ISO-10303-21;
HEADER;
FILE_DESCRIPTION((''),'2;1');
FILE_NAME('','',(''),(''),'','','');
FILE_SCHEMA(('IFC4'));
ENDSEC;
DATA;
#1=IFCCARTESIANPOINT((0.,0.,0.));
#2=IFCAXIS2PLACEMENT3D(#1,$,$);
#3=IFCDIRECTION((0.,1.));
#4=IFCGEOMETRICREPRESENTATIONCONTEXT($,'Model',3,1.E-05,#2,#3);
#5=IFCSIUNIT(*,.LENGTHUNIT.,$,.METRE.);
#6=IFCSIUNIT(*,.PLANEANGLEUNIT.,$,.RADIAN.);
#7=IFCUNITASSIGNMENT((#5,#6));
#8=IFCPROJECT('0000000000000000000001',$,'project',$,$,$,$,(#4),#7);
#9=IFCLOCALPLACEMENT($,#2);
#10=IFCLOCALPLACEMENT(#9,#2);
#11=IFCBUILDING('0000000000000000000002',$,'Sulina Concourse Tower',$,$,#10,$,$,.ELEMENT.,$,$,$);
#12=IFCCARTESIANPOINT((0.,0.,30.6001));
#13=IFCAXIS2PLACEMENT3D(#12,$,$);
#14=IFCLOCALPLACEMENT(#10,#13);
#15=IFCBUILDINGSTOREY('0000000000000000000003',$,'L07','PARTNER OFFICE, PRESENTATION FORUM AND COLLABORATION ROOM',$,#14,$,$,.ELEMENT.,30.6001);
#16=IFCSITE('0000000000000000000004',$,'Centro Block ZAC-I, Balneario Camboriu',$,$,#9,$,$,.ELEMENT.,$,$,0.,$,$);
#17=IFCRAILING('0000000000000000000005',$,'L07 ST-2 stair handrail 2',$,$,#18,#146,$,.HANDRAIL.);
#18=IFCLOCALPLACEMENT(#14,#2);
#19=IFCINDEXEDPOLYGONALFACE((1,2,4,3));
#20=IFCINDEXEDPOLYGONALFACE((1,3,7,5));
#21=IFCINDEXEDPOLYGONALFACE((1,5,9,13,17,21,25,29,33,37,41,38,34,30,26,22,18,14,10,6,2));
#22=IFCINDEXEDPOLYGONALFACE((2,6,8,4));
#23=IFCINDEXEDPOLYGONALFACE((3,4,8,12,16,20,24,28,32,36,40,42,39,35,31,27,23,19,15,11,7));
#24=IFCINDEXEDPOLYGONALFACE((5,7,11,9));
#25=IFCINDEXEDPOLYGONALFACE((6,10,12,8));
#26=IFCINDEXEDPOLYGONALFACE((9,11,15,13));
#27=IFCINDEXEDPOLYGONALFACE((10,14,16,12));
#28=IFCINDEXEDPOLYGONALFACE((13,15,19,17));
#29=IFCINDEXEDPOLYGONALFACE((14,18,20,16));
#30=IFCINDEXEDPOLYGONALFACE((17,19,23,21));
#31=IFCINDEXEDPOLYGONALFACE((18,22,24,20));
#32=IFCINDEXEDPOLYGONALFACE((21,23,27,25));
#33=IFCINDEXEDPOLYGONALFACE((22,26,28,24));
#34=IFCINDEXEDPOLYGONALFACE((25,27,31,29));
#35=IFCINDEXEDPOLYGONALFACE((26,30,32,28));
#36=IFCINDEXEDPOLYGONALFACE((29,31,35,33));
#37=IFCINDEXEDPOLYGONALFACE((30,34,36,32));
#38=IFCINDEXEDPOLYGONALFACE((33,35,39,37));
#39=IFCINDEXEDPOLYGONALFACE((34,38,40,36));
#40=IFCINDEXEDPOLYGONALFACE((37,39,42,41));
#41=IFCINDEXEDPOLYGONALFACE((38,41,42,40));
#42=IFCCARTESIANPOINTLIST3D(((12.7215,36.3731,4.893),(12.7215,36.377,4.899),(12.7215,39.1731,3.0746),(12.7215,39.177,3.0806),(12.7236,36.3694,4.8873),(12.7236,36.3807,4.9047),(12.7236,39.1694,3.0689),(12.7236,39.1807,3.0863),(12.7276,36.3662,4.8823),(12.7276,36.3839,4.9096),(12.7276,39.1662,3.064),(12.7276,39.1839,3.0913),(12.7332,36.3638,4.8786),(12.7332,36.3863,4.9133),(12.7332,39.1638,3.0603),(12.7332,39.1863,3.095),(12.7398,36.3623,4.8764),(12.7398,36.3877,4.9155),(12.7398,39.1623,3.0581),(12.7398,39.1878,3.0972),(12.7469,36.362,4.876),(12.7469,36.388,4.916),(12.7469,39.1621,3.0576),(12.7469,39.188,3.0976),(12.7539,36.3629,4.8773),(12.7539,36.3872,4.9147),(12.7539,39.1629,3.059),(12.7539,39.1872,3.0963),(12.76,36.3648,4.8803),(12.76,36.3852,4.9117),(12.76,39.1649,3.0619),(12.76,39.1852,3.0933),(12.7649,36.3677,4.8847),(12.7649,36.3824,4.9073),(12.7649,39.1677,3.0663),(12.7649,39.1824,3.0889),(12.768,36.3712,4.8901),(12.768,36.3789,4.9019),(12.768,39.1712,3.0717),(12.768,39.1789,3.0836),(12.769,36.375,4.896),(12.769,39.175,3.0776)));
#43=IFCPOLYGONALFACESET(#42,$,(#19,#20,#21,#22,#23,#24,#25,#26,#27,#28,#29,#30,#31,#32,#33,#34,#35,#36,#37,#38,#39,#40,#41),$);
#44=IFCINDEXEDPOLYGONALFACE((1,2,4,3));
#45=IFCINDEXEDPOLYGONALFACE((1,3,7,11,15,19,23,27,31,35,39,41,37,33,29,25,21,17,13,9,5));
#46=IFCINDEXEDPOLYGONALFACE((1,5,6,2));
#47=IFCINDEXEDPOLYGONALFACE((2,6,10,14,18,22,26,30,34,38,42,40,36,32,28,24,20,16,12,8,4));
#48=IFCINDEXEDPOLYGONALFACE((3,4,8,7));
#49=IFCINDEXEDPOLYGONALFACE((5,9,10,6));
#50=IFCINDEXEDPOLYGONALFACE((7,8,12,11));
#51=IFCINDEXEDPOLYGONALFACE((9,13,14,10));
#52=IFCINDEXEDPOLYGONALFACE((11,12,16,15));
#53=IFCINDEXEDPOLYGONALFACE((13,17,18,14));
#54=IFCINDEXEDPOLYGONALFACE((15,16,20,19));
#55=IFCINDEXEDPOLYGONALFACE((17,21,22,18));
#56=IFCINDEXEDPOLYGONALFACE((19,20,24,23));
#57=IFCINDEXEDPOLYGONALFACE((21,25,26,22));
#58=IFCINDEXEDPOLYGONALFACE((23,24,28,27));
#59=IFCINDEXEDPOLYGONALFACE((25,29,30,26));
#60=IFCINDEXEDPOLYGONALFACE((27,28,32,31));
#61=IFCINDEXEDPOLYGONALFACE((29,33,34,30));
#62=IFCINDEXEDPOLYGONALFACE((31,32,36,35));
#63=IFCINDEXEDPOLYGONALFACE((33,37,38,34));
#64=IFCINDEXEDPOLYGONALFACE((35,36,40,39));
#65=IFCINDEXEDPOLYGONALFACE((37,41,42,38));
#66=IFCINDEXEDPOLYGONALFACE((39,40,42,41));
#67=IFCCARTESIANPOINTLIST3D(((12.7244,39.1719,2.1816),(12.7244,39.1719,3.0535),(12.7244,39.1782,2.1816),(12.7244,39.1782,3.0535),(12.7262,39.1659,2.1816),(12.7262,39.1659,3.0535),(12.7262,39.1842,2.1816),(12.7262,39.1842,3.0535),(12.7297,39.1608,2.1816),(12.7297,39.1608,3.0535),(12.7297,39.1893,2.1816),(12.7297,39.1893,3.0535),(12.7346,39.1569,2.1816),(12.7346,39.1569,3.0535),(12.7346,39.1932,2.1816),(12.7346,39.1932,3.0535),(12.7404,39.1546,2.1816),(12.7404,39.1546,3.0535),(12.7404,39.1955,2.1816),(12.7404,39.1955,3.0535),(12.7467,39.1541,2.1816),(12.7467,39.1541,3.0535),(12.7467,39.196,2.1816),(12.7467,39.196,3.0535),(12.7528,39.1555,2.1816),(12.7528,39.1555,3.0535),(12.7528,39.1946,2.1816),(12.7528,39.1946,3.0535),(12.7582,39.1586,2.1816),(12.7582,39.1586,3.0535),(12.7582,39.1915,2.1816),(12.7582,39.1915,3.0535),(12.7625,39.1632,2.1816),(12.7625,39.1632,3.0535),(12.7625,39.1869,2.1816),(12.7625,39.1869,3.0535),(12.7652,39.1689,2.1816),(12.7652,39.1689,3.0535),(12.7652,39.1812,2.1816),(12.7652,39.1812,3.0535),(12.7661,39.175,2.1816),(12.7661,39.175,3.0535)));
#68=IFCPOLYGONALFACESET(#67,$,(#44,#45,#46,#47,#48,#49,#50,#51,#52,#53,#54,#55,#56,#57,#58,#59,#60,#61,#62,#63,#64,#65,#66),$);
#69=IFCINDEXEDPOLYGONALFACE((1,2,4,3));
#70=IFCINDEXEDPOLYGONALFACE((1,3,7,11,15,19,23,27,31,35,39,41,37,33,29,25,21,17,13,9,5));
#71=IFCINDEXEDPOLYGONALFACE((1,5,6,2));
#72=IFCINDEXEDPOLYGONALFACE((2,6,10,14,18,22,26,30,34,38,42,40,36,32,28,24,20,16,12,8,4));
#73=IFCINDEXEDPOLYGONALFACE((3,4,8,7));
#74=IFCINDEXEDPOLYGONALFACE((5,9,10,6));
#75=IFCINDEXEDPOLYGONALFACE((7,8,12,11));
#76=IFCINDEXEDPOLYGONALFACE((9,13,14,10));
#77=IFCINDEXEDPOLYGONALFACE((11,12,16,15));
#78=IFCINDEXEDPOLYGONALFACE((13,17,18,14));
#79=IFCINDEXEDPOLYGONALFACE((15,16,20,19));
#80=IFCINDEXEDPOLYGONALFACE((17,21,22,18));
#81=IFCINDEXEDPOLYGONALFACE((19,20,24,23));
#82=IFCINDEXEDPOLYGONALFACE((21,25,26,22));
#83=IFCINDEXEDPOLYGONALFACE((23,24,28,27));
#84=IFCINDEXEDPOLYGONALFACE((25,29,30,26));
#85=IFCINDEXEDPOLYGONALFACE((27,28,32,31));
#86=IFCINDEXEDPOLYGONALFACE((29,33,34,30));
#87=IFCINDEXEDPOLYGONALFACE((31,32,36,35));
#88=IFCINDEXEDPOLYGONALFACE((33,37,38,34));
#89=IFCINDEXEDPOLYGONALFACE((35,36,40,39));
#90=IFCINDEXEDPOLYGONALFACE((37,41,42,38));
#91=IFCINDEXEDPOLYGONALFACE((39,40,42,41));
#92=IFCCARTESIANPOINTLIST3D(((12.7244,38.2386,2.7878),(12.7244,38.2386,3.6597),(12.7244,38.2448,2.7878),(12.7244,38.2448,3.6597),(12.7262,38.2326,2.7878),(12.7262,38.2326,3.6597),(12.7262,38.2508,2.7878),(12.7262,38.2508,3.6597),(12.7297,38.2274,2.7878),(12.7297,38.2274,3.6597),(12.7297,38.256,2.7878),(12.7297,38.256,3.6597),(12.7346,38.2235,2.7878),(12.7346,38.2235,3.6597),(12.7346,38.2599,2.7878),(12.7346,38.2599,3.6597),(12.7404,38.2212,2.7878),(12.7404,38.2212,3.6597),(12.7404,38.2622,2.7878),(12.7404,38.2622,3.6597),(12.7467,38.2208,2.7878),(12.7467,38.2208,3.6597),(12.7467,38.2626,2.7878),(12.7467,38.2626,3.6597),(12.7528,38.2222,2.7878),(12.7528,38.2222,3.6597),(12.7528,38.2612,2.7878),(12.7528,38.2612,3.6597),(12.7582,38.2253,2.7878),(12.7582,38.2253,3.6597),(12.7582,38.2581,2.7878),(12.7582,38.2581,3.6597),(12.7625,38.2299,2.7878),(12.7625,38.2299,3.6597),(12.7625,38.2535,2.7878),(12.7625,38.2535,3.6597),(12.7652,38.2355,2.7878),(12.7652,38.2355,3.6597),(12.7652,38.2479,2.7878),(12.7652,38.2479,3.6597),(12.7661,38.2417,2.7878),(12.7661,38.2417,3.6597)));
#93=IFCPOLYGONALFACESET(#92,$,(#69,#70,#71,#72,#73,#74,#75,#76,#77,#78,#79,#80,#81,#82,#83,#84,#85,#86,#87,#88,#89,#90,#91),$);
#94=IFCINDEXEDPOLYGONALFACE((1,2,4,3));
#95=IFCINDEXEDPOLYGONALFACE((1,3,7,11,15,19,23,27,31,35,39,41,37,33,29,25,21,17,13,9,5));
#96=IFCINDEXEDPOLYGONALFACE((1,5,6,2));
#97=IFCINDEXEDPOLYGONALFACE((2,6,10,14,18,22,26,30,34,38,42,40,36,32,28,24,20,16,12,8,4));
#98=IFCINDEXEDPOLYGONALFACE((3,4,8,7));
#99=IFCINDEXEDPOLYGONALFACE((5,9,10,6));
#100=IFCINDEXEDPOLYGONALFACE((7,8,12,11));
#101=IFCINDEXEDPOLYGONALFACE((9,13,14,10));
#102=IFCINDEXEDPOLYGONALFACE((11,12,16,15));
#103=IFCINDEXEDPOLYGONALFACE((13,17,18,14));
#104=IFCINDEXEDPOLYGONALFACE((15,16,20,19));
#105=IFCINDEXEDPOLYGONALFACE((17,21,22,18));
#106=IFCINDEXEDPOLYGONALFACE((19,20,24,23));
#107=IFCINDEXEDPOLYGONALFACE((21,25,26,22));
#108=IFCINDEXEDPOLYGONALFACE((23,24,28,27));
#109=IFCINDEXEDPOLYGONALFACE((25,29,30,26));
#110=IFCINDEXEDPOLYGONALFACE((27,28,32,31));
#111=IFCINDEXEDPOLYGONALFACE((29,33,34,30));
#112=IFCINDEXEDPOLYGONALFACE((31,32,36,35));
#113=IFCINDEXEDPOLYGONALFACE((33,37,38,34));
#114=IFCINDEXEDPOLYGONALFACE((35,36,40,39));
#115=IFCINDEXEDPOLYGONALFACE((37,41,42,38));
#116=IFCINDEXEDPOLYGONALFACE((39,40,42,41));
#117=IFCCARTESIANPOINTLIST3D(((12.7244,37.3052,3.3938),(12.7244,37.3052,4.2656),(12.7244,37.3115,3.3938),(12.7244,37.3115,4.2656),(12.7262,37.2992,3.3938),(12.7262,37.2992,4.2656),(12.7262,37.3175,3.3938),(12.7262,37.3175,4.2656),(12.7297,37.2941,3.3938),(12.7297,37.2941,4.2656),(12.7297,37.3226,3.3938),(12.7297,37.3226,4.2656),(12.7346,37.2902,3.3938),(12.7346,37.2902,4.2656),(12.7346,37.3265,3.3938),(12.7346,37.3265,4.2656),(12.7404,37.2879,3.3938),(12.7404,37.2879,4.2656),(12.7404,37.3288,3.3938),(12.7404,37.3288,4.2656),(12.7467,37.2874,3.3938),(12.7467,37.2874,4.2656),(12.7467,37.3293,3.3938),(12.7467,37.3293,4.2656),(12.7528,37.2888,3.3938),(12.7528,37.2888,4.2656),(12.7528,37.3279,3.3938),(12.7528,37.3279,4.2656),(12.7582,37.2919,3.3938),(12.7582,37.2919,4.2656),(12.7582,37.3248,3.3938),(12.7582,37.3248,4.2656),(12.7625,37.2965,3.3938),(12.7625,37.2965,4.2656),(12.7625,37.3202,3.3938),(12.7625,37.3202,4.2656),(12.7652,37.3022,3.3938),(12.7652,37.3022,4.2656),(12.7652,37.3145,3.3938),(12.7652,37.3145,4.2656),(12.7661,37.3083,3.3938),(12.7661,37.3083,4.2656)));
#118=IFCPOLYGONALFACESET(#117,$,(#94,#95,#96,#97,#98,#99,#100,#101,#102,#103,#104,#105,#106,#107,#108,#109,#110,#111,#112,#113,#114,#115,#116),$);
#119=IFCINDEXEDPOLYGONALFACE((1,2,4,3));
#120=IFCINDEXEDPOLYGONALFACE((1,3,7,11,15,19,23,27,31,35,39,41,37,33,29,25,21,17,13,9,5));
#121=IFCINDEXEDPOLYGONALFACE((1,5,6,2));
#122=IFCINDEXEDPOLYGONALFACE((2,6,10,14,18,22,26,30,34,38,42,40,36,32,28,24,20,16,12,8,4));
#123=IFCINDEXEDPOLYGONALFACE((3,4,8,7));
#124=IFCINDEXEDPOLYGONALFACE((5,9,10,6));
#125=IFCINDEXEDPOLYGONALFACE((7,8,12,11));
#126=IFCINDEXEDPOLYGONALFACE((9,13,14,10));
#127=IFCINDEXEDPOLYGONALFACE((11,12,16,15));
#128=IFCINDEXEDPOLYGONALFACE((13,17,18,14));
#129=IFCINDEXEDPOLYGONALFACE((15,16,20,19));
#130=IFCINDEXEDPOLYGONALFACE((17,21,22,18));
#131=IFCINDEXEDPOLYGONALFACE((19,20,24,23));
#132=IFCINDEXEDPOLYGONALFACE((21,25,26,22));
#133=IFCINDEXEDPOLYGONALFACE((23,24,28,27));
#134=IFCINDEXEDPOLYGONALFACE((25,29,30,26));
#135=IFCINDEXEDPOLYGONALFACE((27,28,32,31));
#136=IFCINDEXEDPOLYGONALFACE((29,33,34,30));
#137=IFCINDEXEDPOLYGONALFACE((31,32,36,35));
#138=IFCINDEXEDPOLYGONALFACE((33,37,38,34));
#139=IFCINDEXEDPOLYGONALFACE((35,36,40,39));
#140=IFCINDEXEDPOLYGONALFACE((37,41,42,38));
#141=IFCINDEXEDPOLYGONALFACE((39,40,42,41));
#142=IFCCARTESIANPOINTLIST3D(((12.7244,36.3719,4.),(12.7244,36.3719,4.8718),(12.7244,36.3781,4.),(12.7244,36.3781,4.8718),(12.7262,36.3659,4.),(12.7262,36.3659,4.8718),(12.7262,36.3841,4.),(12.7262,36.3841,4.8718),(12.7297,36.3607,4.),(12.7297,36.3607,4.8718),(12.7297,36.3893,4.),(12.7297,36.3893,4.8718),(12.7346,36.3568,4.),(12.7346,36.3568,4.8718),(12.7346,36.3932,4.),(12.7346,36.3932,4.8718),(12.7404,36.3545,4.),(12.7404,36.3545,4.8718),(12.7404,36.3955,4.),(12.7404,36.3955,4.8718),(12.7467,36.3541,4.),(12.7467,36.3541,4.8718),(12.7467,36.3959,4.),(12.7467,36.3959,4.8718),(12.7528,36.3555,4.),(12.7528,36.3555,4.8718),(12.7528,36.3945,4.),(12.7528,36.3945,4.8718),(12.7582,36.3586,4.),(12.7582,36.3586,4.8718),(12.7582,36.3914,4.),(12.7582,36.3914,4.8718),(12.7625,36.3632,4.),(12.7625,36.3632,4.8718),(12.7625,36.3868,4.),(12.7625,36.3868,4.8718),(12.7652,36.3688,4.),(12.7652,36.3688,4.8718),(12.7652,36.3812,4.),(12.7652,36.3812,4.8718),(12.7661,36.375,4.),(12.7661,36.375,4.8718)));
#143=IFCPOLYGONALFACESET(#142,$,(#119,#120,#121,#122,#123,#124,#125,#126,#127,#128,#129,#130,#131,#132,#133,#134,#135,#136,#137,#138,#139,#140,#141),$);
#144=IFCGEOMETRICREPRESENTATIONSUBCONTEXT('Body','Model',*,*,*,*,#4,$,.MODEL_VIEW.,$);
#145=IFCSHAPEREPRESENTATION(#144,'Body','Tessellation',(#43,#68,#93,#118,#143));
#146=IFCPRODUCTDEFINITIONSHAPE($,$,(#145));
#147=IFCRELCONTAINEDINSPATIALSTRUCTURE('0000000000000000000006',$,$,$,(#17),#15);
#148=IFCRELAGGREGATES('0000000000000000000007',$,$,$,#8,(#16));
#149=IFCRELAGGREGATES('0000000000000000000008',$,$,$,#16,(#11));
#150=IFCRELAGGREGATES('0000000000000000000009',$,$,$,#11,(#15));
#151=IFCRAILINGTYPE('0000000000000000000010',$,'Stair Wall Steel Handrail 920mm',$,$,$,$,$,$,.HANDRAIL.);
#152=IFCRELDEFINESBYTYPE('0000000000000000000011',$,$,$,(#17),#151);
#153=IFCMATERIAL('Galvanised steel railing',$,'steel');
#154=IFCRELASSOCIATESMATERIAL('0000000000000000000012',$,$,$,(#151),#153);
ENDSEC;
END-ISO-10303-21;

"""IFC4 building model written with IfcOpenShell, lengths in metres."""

from ifc_helpers import new_model, si_unit, direction, frame, origin, origin_2d, place, context, subcontext, project, spatial, circle, extrude, material, type_object, element, save


model = new_model("IFC4")

# Units and contexts
model_context = context("Model", 3, precision=1e-05, world=origin(), true_north=direction((0.0, 1.0)))
body_context = subcontext(model_context, "Body", "Model", "MODEL_VIEW")
ifc_project = project(units=[si_unit("LENGTHUNIT", "METRE"), si_unit("PLANEANGLEUNIT", "RADIAN")], contexts=[model_context])

# Site, building, storey
site_placement = place(None, origin())
site = spatial("IfcSite", under=ifc_project, at=site_placement, Name="Centro Block ZAC-I, Balneario Camboriu", CompositionType="ELEMENT", RefElevation=0.0)
building_placement = place(site_placement, origin())
building = spatial("IfcBuilding", under=site, at=building_placement, Name="Sulina Concourse Tower", CompositionType="ELEMENT")
storey_placement = place(building_placement, frame((0.0, 0.0, 30.6001)))
storey = spatial("IfcBuildingStorey", under=building, at=storey_placement, Name="L07", Description="PARTNER OFFICE, PRESENTATION FORUM AND COLLABORATION ROOM", CompositionType="ELEMENT", Elevation=30.6001)

# Railing
ifc_material_1 = material(Name="Galvanised steel railing", Category="steel")
railing_type_1 = type_object("IfcRailingType", Name="Stair Wall Steel Handrail 920mm", PredefinedType="HANDRAIL", material=ifc_material_1)
railing_1_placement = place(storey_placement, frame((12.7451, 39.175, 2.1816)))
element("IfcRailing", 1, at=railing_1_placement, inside=storey, type_object=railing_type_1, Name="L07 ST-2 stair handrail 2", PredefinedType="HANDRAIL", context=body_context, shape_type="SweptSolid", body=[
    extrude(circle(Radius=0.0239, at=origin_2d()), frame((0.0, 0.0, 0.896), z_axis=(0.0, -0.838672, 0.544636), x_axis=(1.0, 0.0, 0.0)), (0.0, 0.0, 1.0), 3.3386),
    extrude(circle(Radius=0.021, at=origin_2d()), origin(), (0.0, 0.0, 1.0), 0.8718),
    extrude(circle(Radius=0.021, at=origin_2d()), frame((0.0, -0.9333, 0.6062)), (0.0, 0.0, 1.0), 0.8718),
    extrude(circle(Radius=0.021, at=origin_2d()), frame((0.0, -1.8667, 1.2122)), (0.0, 0.0, 1.0), 0.8718),
    extrude(circle(Radius=0.021, at=origin_2d()), frame((0.0, -2.8, 1.8184)), (0.0, 0.0, 1.0), 0.8718),
])

save(model, "model.ifc")
